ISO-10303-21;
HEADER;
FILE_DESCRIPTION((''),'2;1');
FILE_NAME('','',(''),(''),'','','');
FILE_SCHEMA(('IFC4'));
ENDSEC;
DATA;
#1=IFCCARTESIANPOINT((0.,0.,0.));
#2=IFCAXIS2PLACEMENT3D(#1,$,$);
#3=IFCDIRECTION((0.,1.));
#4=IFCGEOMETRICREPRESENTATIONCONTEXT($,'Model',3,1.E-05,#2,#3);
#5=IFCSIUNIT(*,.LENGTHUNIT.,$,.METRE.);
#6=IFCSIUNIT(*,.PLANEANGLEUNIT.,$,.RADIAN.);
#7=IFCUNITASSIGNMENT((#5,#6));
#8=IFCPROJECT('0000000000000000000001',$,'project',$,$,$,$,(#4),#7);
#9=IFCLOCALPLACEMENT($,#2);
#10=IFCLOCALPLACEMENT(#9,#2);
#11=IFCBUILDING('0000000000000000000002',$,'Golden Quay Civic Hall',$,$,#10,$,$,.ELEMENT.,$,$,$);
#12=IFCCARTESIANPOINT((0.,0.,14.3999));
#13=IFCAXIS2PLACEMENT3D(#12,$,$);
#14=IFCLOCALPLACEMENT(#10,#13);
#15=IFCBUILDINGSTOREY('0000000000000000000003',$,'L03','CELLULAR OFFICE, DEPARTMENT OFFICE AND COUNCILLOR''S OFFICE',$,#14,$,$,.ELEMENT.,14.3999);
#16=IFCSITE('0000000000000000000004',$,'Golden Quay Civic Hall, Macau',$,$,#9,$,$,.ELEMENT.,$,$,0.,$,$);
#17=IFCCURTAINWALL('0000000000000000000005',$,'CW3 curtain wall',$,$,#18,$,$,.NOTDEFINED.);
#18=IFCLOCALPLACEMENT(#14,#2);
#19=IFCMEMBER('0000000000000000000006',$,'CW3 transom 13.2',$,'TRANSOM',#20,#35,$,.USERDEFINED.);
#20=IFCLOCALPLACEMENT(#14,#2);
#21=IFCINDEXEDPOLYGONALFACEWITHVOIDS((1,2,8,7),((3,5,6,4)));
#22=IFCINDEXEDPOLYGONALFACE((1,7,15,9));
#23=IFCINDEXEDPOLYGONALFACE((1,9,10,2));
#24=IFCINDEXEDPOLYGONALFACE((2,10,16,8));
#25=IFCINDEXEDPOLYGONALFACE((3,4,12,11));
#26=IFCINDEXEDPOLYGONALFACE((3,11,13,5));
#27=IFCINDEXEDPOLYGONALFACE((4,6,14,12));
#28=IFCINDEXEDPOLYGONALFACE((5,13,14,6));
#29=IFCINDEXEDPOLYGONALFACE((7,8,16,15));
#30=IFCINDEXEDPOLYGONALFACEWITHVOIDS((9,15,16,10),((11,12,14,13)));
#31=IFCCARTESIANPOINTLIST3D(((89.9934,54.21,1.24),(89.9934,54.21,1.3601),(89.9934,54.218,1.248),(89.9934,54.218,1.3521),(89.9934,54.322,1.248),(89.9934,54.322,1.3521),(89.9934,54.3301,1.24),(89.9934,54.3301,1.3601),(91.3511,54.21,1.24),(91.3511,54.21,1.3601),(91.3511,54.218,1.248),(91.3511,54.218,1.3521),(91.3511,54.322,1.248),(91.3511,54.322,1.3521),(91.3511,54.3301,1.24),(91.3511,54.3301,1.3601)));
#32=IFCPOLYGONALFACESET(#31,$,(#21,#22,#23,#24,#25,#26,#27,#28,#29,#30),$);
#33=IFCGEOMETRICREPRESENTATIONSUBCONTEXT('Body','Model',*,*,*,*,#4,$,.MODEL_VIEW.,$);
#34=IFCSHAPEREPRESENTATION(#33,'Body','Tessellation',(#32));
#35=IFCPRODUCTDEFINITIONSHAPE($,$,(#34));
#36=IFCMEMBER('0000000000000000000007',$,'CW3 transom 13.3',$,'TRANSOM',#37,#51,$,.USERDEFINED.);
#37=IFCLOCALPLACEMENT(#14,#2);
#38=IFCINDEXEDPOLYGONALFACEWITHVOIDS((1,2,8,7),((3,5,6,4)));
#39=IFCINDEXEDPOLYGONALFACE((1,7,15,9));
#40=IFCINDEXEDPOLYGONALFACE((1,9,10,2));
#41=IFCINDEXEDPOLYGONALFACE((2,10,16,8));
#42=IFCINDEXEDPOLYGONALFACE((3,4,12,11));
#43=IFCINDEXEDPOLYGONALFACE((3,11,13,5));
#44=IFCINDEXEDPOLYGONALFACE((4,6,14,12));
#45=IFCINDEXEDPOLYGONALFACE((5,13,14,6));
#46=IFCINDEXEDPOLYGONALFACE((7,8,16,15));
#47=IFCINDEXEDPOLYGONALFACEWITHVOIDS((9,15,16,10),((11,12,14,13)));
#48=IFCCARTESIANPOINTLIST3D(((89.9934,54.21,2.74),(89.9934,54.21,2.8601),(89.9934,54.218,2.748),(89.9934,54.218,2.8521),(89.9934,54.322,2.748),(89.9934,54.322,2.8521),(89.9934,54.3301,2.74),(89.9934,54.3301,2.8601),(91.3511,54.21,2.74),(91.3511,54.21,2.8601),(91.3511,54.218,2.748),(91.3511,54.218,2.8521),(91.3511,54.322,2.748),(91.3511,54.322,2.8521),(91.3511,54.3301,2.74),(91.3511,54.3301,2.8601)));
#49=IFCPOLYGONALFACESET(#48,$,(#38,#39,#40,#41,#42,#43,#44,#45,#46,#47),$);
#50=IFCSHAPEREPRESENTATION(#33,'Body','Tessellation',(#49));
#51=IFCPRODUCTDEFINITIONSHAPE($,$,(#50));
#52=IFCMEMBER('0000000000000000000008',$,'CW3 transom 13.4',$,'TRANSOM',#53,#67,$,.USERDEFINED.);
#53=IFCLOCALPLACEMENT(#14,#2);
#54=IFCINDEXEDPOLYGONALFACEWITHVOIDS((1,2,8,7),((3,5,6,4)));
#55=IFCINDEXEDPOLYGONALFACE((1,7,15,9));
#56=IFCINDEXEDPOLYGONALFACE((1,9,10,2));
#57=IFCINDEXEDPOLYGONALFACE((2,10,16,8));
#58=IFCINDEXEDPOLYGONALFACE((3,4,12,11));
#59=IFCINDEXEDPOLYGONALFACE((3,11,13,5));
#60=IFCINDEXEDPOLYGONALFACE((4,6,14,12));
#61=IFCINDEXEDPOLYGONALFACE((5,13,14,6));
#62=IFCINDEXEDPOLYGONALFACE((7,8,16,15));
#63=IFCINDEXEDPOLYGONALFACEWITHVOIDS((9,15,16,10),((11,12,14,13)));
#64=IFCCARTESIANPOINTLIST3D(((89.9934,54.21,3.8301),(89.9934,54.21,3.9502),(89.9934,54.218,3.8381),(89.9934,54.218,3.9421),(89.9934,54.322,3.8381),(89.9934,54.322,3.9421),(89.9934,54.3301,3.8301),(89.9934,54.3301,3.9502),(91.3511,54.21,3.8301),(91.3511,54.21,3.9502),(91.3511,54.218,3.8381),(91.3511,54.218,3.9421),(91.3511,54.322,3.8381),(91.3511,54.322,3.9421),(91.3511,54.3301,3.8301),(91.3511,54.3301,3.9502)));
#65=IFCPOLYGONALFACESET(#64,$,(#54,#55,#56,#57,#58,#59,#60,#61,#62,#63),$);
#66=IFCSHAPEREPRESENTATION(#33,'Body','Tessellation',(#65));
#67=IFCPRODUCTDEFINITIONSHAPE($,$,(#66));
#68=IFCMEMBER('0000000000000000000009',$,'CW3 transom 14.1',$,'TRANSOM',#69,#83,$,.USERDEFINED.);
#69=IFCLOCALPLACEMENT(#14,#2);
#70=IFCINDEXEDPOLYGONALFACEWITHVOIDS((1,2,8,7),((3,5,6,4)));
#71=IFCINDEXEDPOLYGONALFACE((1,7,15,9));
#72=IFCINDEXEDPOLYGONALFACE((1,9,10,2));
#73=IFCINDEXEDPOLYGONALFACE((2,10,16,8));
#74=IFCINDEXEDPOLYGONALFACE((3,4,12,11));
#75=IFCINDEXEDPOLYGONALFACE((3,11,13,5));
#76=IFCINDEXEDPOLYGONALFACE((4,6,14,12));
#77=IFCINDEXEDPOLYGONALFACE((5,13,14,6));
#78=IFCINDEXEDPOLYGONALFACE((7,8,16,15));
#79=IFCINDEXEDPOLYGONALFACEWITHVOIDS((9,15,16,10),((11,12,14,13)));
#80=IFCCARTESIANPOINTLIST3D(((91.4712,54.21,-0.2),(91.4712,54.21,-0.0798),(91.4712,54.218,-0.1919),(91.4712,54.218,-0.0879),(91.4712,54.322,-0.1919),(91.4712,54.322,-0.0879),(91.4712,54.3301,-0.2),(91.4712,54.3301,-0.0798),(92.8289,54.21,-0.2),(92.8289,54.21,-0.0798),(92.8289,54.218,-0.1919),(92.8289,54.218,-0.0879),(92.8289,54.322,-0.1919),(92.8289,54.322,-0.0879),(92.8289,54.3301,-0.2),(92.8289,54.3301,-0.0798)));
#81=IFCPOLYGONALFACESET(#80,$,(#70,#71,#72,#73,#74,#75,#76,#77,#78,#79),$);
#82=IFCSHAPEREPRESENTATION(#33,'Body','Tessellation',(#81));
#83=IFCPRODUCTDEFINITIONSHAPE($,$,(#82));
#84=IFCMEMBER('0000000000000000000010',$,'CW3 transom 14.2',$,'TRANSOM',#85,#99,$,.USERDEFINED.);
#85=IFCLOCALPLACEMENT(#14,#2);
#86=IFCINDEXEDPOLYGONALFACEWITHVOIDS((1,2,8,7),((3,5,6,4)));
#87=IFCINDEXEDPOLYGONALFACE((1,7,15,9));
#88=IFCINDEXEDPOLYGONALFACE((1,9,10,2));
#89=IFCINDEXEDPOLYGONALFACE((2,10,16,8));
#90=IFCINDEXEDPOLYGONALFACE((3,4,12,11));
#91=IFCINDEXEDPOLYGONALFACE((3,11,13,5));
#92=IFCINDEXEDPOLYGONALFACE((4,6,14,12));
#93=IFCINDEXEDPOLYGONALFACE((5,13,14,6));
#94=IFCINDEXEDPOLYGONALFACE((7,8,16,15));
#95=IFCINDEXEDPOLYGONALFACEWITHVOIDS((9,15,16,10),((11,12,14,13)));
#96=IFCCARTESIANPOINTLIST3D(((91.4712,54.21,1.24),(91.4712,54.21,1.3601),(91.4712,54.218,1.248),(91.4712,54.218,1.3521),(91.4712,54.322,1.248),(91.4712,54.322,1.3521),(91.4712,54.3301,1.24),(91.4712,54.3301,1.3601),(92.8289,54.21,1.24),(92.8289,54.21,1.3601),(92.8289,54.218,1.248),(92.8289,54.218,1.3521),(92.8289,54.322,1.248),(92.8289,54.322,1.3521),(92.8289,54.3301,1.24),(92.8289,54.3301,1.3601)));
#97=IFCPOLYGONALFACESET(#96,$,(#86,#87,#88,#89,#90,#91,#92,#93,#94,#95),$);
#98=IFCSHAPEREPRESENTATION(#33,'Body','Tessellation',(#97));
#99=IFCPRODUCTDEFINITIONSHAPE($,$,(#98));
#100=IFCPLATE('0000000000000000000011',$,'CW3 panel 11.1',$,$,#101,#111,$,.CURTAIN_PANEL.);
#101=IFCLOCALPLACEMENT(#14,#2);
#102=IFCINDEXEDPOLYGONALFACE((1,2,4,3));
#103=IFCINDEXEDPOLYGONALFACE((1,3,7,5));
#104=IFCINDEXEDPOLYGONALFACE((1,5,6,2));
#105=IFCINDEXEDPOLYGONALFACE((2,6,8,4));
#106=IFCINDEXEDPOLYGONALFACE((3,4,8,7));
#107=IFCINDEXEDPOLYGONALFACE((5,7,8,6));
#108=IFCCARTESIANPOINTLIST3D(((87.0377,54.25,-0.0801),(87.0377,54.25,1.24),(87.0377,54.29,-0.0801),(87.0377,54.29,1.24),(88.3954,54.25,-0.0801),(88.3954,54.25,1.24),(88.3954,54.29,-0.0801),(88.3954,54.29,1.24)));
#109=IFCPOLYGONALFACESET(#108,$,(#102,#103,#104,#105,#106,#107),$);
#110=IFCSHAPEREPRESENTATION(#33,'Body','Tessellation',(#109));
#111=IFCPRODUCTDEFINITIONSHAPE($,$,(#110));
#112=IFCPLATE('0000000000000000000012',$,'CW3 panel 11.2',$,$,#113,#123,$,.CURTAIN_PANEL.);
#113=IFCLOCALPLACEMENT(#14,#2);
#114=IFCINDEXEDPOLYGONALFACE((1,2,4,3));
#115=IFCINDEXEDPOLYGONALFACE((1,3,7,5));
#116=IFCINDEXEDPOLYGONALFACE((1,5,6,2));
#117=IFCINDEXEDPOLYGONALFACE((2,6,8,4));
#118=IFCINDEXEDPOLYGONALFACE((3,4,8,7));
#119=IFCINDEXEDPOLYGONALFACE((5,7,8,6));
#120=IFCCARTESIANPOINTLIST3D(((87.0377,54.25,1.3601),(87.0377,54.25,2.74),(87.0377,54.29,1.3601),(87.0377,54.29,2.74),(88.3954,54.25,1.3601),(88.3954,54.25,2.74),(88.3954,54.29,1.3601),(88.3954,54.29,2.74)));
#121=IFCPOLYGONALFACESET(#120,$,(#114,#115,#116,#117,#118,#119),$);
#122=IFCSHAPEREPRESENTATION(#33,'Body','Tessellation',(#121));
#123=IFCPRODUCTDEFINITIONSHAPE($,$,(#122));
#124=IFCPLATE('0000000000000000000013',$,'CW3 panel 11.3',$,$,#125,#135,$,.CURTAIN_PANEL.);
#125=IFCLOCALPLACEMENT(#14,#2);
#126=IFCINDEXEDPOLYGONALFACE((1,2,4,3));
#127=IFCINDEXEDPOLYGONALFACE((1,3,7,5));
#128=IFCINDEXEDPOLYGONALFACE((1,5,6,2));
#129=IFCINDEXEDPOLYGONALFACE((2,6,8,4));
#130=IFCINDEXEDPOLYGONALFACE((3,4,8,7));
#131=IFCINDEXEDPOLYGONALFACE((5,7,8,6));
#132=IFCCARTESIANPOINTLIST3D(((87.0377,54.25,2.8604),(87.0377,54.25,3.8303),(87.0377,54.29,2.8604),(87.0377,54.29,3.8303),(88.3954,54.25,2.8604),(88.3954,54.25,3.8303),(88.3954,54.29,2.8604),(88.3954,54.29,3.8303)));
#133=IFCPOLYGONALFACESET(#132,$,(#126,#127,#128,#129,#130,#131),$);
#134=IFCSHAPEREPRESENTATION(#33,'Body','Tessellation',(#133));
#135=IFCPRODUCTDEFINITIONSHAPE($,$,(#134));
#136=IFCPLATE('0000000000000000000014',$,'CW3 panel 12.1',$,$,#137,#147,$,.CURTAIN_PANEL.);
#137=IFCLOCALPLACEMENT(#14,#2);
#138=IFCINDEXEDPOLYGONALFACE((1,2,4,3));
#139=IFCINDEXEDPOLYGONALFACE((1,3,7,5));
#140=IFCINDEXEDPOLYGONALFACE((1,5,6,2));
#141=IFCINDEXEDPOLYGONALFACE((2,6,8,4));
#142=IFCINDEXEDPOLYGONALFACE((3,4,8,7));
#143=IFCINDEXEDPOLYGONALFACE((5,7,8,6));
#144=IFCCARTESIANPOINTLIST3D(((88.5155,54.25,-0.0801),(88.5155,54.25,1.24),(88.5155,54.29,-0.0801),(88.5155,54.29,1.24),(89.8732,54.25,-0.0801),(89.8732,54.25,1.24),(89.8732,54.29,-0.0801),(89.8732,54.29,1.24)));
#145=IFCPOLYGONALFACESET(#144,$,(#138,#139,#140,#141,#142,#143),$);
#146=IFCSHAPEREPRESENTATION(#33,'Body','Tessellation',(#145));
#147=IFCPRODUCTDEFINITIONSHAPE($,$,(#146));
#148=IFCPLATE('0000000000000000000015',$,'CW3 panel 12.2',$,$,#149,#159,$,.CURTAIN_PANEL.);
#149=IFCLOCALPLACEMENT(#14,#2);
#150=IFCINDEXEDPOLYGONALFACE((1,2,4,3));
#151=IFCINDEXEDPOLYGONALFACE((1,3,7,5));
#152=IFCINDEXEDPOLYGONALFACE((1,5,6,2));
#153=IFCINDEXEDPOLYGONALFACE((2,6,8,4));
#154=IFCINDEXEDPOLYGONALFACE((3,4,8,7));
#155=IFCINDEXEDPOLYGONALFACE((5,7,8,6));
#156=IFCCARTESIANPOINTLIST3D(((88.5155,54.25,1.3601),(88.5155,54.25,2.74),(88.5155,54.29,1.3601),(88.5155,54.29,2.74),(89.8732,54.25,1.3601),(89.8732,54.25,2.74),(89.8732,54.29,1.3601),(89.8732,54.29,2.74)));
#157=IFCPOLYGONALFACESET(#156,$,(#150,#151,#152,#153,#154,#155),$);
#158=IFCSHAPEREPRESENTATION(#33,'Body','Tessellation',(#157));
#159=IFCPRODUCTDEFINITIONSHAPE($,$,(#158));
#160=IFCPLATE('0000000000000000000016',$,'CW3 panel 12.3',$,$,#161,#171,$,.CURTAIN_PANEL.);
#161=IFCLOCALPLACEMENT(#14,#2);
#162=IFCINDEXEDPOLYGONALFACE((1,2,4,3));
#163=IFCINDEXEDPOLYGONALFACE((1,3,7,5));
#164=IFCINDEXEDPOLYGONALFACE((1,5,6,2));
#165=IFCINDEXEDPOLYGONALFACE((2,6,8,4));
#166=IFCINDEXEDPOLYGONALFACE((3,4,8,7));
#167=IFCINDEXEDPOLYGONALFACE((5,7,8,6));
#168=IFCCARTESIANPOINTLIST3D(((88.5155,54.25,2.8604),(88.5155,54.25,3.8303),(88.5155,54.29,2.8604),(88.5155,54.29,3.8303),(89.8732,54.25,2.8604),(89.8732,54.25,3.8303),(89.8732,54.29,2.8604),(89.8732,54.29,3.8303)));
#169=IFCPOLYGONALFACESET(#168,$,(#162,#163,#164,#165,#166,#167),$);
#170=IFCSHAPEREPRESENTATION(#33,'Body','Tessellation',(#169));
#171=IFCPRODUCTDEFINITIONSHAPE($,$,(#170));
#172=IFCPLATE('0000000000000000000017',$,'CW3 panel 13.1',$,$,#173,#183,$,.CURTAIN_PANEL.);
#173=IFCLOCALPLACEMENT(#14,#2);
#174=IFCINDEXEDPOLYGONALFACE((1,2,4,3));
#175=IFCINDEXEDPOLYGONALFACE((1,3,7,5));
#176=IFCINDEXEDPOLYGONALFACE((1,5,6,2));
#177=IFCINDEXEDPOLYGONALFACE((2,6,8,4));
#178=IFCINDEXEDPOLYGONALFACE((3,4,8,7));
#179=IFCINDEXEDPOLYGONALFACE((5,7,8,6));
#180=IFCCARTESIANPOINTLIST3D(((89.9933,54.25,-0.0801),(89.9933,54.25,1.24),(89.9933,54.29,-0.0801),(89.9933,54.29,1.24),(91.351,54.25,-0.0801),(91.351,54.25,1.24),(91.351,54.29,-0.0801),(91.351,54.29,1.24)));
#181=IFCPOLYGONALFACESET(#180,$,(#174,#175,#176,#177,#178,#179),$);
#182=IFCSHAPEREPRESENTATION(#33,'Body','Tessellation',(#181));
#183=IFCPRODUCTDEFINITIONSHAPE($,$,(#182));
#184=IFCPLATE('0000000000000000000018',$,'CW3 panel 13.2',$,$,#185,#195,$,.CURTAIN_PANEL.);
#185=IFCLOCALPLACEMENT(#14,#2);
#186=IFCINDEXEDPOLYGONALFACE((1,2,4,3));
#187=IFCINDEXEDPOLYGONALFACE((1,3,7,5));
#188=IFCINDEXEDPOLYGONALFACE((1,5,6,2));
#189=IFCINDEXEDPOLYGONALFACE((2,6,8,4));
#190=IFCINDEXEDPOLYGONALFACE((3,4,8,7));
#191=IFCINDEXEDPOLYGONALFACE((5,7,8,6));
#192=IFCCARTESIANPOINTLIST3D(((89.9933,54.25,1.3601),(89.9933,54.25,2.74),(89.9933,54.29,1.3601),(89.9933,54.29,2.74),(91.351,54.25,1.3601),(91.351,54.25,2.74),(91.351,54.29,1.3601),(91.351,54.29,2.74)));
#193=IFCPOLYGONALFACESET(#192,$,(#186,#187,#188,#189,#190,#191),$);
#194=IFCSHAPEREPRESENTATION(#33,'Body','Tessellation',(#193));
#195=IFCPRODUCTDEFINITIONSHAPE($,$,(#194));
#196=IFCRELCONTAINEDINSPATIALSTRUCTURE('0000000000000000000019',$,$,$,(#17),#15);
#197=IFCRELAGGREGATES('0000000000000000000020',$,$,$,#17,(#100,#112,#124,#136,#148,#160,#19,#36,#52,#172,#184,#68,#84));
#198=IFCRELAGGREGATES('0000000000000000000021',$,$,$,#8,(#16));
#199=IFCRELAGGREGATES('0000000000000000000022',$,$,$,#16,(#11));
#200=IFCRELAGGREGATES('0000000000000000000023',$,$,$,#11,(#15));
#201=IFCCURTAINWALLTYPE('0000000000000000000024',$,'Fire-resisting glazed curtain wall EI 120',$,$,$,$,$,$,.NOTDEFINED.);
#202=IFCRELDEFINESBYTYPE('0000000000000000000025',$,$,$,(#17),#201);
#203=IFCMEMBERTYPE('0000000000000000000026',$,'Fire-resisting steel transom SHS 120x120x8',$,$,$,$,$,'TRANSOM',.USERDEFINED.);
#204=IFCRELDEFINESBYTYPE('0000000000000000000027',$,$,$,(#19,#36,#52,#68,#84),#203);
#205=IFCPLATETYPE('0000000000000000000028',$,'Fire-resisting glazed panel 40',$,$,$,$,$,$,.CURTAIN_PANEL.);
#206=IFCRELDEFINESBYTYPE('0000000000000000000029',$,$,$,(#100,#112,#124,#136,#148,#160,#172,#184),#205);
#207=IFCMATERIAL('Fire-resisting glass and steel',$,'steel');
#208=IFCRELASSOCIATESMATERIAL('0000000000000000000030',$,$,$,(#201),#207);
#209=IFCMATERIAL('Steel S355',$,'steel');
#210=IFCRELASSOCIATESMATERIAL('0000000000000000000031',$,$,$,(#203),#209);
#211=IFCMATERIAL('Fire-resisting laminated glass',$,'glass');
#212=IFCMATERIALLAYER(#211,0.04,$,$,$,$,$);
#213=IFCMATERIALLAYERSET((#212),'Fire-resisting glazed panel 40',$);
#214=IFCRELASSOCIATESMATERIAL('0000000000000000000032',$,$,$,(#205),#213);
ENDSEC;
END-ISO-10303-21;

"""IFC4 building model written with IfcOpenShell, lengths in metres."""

from ifc_helpers import new_model, si_unit, direction, frame, origin, origin_2d, place, context, subcontext, project, spatial, rectangle, hollow_rectangle, extrude, material, layer, layer_set, material_profile, profile_set, type_object, element, aggregate, save


model = new_model("IFC4")

# Units and contexts
model_context = context("Model", 3, precision=1e-05, world=origin(), true_north=direction((0.0, 1.0)))
body_context = subcontext(model_context, "Body", "Model", "MODEL_VIEW")
ifc_project = project(units=[si_unit("LENGTHUNIT", "METRE"), si_unit("PLANEANGLEUNIT", "RADIAN")], contexts=[model_context])

# Site, building, storey
site_placement = place(None, origin())
site = spatial("IfcSite", under=ifc_project, at=site_placement, Name="Golden Quay Civic Hall, Macau", CompositionType="ELEMENT", RefElevation=0.0)
building_placement = place(site_placement, origin())
building = spatial("IfcBuilding", under=site, at=building_placement, Name="Golden Quay Civic Hall", CompositionType="ELEMENT")
storey_placement = place(building_placement, frame((0.0, 0.0, 14.3999)))
storey = spatial("IfcBuildingStorey", under=building, at=storey_placement, Name="L03", Description="CELLULAR OFFICE, DEPARTMENT OFFICE AND COUNCILLOR'S OFFICE", CompositionType="ELEMENT", Elevation=14.3999)

# Curtain wall, members, plates
ifc_material_1 = material(Name="Fire-resisting glass and steel", Category="steel")
curtain_wall_type = type_object("IfcCurtainWallType", Name="Fire-resisting glazed curtain wall EI 120", PredefinedType="NOTDEFINED", material=ifc_material_1)
curtain_wall_placement = place(storey_placement, origin())
curtain_wall = element("IfcCurtainWall", 1, at=curtain_wall_placement, inside=storey, type_object=curtain_wall_type, Name="CW3 curtain wall", PredefinedType="NOTDEFINED")
ifc_material_2 = material(Name="Steel S355", Category="steel")
ifc_material_profile_1 = material_profile(ifc_material_2, hollow_rectangle(XDim=0.1201, YDim=0.1201, WallThickness=0.0081, at=origin_2d()), Name="SHS 120x120x8")
ifc_profile_set_1 = profile_set([ifc_material_profile_1], Name="Steel S355")
member_type_1 = type_object("IfcMemberType", Name="Fire-resisting steel transom SHS 120x120x8", ElementType="TRANSOM", PredefinedType="USERDEFINED", material=ifc_profile_set_1)
member_1_placement = place(storey_placement, frame((89.9934, 54.27, 1.3), z_axis=(1.0, 0.0, 0.0), x_axis=(0.0, 1.0, 0.0)))
member_1 = element("IfcMember", 2, at=member_1_placement, type_object=member_type_1, Name="CW3 transom 13.2", ObjectType="TRANSOM", PredefinedType="USERDEFINED", context=body_context, shape_type="SweptSolid", body=[
    extrude(hollow_rectangle(XDim=0.1201, YDim=0.1201, WallThickness=0.0081, at=origin_2d()), origin(), (0.0, 0.0, 1.0), 1.3577),
])
member_2_placement = place(storey_placement, frame((89.9934, 54.27, 2.8), z_axis=(1.0, 0.0, 0.0), x_axis=(0.0, 1.0, 0.0)))
member_2 = element("IfcMember", 3, at=member_2_placement, type_object=member_type_1, Name="CW3 transom 13.3", ObjectType="TRANSOM", PredefinedType="USERDEFINED", context=body_context, shape_type="SweptSolid", body=[
    extrude(hollow_rectangle(XDim=0.1201, YDim=0.1201, WallThickness=0.0081, at=origin_2d()), origin(), (0.0, 0.0, 1.0), 1.3577),
])
member_3_placement = place(storey_placement, frame((89.9934, 54.27, 3.8901), z_axis=(1.0, 0.0, 0.0), x_axis=(0.0, 1.0, 0.0)))
member_3 = element("IfcMember", 4, at=member_3_placement, type_object=member_type_1, Name="CW3 transom 13.4", ObjectType="TRANSOM", PredefinedType="USERDEFINED", context=body_context, shape_type="SweptSolid", body=[
    extrude(hollow_rectangle(XDim=0.1201, YDim=0.1201, WallThickness=0.0081, at=origin_2d()), origin(), (0.0, 0.0, 1.0), 1.3577),
])
member_4_placement = place(storey_placement, frame((91.4712, 54.27, -0.1399), z_axis=(1.0, 0.0, 0.0), x_axis=(0.0, 1.0, 0.0)))
member_4 = element("IfcMember", 5, at=member_4_placement, type_object=member_type_1, Name="CW3 transom 14.1", ObjectType="TRANSOM", PredefinedType="USERDEFINED", context=body_context, shape_type="SweptSolid", body=[
    extrude(hollow_rectangle(XDim=0.1201, YDim=0.1201, WallThickness=0.0081, at=origin_2d()), origin(), (0.0, 0.0, 1.0), 1.3577),
])
member_5_placement = place(storey_placement, frame((91.4712, 54.27, 1.3), z_axis=(1.0, 0.0, 0.0), x_axis=(0.0, 1.0, 0.0)))
member_5 = element("IfcMember", 6, at=member_5_placement, type_object=member_type_1, Name="CW3 transom 14.2", ObjectType="TRANSOM", PredefinedType="USERDEFINED", context=body_context, shape_type="SweptSolid", body=[
    extrude(hollow_rectangle(XDim=0.1201, YDim=0.1201, WallThickness=0.0081, at=origin_2d()), origin(), (0.0, 0.0, 1.0), 1.3577),
])
ifc_material_3 = material(Name="Fire-resisting laminated glass", Category="glass")
ifc_layer = layer(ifc_material_3, 0.04)
ifc_layer_set = layer_set([ifc_layer], Name="Fire-resisting glazed panel 40")
plate_type = type_object("IfcPlateType", Name="Fire-resisting glazed panel 40", PredefinedType="CURTAIN_PANEL", material=ifc_layer_set)
plate_1_placement = place(storey_placement, frame((87.7166, 54.27, -0.0801), z_axis=(0.0, 0.0, 1.0), x_axis=(1.0, 0.0, 0.0)))
plate_1 = element("IfcPlate", 7, at=plate_1_placement, type_object=plate_type, Name="CW3 panel 11.1", PredefinedType="CURTAIN_PANEL", context=body_context, shape_type="SweptSolid", body=[
    extrude(rectangle(XDim=1.3577, YDim=0.04, at=origin_2d()), origin(), (0.0, 0.0, 1.0), 1.3201),
])
plate_2_placement = place(storey_placement, frame((87.7166, 54.27, 1.3601), z_axis=(0.0, 0.0, 1.0), x_axis=(1.0, 0.0, 0.0)))
plate_2 = element("IfcPlate", 8, at=plate_2_placement, type_object=plate_type, Name="CW3 panel 11.2", PredefinedType="CURTAIN_PANEL", context=body_context, shape_type="SweptSolid", body=[
    extrude(rectangle(XDim=1.3577, YDim=0.04, at=origin_2d()), origin(), (0.0, 0.0, 1.0), 1.3799),
])
plate_3_placement = place(storey_placement, frame((87.7166, 54.27, 2.8604), z_axis=(0.0, 0.0, 1.0), x_axis=(1.0, 0.0, 0.0)))
plate_3 = element("IfcPlate", 9, at=plate_3_placement, type_object=plate_type, Name="CW3 panel 11.3", PredefinedType="CURTAIN_PANEL", context=body_context, shape_type="SweptSolid", body=[
    extrude(rectangle(XDim=1.3577, YDim=0.04, at=origin_2d()), origin(), (0.0, 0.0, 1.0), 0.97),
])
plate_4_placement = place(storey_placement, frame((89.1943, 54.27, -0.0801), z_axis=(0.0, 0.0, 1.0), x_axis=(1.0, 0.0, 0.0)))
plate_4 = element("IfcPlate", 10, at=plate_4_placement, type_object=plate_type, Name="CW3 panel 12.1", PredefinedType="CURTAIN_PANEL", context=body_context, shape_type="SweptSolid", body=[
    extrude(rectangle(XDim=1.3577, YDim=0.04, at=origin_2d()), origin(), (0.0, 0.0, 1.0), 1.3201),
])
plate_5_placement = place(storey_placement, frame((89.1943, 54.27, 1.3601), z_axis=(0.0, 0.0, 1.0), x_axis=(1.0, 0.0, 0.0)))
plate_5 = element("IfcPlate", 11, at=plate_5_placement, type_object=plate_type, Name="CW3 panel 12.2", PredefinedType="CURTAIN_PANEL", context=body_context, shape_type="SweptSolid", body=[
    extrude(rectangle(XDim=1.3577, YDim=0.04, at=origin_2d()), origin(), (0.0, 0.0, 1.0), 1.3799),
])
plate_6_placement = place(storey_placement, frame((89.1943, 54.27, 2.8604), z_axis=(0.0, 0.0, 1.0), x_axis=(1.0, 0.0, 0.0)))
plate_6 = element("IfcPlate", 12, at=plate_6_placement, type_object=plate_type, Name="CW3 panel 12.3", PredefinedType="CURTAIN_PANEL", context=body_context, shape_type="SweptSolid", body=[
    extrude(rectangle(XDim=1.3577, YDim=0.04, at=origin_2d()), origin(), (0.0, 0.0, 1.0), 0.97),
])
plate_7_placement = place(storey_placement, frame((90.6721, 54.27, -0.0801), z_axis=(0.0, 0.0, 1.0), x_axis=(1.0, 0.0, 0.0)))
plate_7 = element("IfcPlate", 13, at=plate_7_placement, type_object=plate_type, Name="CW3 panel 13.1", PredefinedType="CURTAIN_PANEL", context=body_context, shape_type="SweptSolid", body=[
    extrude(rectangle(XDim=1.3577, YDim=0.04, at=origin_2d()), origin(), (0.0, 0.0, 1.0), 1.3201),
])
plate_8_placement = place(storey_placement, frame((90.6721, 54.27, 1.3601), z_axis=(0.0, 0.0, 1.0), x_axis=(1.0, 0.0, 0.0)))
plate_8 = element("IfcPlate", 14, at=plate_8_placement, type_object=plate_type, Name="CW3 panel 13.2", PredefinedType="CURTAIN_PANEL", context=body_context, shape_type="SweptSolid", body=[
    extrude(rectangle(XDim=1.3577, YDim=0.04, at=origin_2d()), origin(), (0.0, 0.0, 1.0), 1.3799),
])
aggregate(curtain_wall, [plate_1, plate_2, plate_3, plate_4, plate_5, plate_6, member_1, member_2, member_3, plate_7, plate_8, member_4, member_5])

save(model, "model.ifc")
